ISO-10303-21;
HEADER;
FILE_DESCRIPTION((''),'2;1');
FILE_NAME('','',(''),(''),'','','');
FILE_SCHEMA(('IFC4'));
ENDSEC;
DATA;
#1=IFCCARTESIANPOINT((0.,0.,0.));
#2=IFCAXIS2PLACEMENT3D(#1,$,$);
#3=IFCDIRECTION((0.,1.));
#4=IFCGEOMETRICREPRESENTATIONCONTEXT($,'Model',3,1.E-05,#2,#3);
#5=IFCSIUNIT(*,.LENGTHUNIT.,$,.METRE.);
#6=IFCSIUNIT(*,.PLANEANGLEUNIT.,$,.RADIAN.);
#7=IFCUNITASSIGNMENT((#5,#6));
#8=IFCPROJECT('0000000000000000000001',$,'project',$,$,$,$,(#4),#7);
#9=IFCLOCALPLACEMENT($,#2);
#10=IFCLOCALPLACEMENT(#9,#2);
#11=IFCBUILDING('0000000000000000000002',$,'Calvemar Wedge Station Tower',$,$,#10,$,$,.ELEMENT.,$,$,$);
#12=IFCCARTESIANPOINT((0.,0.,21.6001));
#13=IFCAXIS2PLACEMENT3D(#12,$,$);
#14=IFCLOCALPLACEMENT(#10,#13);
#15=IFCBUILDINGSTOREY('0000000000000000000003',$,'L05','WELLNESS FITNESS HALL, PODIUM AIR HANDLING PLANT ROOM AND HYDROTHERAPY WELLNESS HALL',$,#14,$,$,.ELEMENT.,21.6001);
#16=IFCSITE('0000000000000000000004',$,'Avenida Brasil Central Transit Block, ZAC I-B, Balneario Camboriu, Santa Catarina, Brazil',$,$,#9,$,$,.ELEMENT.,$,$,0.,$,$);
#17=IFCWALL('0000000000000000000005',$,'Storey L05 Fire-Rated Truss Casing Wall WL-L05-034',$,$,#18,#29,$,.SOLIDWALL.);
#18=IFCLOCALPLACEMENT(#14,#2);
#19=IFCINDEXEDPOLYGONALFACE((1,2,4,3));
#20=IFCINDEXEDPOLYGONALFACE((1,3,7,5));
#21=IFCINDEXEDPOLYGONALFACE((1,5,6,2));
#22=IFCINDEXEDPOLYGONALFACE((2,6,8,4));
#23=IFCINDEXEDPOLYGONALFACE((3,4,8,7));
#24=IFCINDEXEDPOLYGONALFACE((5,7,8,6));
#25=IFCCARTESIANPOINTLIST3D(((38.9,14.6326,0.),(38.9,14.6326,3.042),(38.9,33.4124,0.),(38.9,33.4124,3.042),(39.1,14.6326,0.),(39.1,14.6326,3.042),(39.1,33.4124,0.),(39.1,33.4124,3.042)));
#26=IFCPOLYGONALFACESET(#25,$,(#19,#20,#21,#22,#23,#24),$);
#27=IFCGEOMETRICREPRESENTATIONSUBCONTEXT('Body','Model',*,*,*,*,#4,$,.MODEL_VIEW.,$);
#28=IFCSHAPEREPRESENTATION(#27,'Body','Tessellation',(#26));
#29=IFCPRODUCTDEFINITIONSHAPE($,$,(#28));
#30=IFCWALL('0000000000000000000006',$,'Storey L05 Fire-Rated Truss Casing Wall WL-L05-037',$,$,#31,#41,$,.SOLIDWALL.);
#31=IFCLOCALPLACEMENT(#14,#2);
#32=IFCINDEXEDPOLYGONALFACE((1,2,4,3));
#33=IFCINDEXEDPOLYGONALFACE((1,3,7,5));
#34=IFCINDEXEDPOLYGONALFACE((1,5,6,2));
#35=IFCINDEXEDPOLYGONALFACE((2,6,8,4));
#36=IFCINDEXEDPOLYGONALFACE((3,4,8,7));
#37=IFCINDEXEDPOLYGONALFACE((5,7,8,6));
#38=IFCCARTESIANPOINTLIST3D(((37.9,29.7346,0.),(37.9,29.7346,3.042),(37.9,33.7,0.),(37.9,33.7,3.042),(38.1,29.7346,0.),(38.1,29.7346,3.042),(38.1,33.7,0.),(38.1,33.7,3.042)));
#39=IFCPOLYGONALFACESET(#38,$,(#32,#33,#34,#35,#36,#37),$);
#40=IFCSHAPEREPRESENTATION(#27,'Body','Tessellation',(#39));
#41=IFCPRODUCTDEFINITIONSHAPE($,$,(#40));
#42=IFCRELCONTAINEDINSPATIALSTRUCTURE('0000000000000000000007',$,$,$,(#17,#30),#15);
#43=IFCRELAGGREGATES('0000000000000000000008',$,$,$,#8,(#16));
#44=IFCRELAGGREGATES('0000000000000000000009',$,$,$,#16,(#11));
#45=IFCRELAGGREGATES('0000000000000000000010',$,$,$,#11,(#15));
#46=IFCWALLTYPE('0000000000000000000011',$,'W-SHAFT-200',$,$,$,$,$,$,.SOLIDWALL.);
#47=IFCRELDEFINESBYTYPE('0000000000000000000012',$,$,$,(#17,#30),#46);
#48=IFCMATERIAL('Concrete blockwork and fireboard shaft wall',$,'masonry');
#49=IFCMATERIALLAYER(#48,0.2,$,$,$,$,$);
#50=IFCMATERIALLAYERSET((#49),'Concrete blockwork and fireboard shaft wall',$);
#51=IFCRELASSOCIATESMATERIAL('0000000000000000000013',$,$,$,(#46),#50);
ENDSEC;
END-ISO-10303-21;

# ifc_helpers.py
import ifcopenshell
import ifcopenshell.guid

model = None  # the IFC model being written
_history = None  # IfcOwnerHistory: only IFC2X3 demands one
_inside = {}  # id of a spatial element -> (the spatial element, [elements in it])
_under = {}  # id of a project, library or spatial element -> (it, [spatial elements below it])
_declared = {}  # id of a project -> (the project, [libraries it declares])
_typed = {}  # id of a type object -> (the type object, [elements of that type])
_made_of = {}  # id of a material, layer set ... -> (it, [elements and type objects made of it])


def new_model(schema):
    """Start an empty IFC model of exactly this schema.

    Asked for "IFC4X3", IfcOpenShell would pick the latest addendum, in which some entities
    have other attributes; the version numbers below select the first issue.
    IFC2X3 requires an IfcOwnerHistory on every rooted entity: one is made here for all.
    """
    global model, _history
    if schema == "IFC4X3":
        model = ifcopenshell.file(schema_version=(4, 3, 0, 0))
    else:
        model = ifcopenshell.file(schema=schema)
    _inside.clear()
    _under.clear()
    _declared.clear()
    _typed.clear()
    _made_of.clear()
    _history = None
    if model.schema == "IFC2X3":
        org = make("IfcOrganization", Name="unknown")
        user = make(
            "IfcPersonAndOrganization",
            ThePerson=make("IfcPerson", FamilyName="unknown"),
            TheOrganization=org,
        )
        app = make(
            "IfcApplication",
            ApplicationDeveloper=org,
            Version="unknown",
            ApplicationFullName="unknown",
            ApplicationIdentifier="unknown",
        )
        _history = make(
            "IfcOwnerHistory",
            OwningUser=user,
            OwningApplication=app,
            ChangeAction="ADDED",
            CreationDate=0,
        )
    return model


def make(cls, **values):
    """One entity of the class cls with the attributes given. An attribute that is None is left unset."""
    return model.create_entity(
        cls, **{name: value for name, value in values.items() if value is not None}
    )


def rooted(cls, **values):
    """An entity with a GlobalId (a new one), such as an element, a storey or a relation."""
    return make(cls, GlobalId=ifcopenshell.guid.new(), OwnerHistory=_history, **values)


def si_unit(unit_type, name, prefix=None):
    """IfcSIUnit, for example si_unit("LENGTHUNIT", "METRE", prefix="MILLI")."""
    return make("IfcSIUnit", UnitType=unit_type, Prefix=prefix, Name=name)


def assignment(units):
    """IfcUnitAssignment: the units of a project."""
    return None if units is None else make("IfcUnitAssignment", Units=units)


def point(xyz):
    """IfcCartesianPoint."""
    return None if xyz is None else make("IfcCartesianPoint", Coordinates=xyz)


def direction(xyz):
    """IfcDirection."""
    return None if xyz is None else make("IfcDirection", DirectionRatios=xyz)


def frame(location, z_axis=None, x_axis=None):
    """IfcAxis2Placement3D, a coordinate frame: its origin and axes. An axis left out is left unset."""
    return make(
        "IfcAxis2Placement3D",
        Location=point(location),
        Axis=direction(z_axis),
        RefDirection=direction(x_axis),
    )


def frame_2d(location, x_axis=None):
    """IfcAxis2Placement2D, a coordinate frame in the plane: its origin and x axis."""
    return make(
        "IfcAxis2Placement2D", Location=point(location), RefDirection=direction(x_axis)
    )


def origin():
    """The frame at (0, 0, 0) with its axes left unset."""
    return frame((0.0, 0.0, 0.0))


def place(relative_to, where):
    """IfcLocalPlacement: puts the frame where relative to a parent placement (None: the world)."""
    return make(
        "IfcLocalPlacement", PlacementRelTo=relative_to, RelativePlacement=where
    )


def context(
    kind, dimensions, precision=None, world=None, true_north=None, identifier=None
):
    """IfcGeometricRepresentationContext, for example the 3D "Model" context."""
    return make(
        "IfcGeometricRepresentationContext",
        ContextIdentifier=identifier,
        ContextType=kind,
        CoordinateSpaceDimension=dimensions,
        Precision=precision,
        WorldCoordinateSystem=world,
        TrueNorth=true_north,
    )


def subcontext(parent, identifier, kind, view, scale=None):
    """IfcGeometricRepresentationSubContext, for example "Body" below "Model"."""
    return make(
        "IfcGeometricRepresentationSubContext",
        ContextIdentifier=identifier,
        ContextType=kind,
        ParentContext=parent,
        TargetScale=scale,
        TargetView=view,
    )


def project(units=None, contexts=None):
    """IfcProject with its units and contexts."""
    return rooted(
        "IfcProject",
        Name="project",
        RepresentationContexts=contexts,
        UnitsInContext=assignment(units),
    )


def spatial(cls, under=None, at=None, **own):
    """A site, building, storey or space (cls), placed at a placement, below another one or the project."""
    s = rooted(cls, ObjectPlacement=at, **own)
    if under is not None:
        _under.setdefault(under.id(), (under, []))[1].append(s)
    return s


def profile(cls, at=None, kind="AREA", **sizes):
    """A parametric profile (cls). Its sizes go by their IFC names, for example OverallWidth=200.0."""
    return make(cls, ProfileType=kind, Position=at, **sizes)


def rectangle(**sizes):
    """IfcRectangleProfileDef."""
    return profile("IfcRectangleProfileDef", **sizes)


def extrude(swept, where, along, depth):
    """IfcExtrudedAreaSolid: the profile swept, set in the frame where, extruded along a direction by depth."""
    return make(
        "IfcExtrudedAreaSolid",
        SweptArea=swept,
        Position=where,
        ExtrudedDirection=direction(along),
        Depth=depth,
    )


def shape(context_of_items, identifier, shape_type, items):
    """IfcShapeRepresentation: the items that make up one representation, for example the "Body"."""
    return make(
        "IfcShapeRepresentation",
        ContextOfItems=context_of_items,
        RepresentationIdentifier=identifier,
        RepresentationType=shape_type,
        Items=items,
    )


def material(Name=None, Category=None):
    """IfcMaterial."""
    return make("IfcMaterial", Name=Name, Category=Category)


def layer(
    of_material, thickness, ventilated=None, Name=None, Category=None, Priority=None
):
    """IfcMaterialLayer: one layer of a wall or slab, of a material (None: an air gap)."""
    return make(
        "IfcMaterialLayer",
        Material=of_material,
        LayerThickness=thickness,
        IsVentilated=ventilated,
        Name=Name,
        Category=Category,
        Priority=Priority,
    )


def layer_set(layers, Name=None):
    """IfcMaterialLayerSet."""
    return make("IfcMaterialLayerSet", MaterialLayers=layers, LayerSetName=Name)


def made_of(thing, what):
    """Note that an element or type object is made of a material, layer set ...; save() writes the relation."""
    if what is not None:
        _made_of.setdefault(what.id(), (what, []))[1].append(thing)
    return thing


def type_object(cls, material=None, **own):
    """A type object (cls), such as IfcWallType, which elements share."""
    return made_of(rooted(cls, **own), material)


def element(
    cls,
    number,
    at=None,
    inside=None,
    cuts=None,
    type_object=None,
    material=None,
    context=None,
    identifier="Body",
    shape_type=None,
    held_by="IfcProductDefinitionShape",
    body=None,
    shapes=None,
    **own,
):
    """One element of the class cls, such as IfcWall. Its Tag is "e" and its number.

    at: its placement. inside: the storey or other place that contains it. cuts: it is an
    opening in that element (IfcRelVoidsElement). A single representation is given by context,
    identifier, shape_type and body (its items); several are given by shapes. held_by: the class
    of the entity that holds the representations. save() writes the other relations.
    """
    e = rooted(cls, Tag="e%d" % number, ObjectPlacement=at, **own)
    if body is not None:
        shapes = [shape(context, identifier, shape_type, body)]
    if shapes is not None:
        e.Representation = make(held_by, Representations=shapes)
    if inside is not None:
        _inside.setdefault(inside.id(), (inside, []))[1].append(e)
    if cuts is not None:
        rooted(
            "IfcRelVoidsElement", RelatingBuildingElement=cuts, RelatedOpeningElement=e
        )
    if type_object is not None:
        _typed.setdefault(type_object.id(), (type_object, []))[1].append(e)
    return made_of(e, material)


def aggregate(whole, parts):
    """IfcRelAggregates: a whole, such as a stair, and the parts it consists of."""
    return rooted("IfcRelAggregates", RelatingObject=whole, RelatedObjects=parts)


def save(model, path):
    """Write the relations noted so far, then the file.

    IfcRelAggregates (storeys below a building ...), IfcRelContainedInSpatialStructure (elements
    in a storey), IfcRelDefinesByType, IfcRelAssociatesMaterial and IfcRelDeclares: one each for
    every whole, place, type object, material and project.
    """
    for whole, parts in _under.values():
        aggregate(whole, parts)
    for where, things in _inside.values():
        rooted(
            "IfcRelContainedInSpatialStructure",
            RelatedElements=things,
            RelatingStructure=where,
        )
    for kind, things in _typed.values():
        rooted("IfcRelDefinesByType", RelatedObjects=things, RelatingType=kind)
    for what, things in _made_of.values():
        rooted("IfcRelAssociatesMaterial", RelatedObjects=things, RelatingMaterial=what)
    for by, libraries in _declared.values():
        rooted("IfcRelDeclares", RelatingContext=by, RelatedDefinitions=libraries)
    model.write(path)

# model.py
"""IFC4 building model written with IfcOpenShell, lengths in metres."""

from ifc_helpers import new_model, si_unit, direction, frame, frame_2d, origin, place, context, subcontext, project, spatial, rectangle, extrude, material, layer, layer_set, type_object, element, save


model = new_model("IFC4")

# Units and contexts
model_context = context("Model", 3, precision=1e-05, world=origin(), true_north=direction((0.0, 1.0)))
body_context = subcontext(model_context, "Body", "Model", "MODEL_VIEW")
ifc_project = project(units=[si_unit("LENGTHUNIT", "METRE"), si_unit("PLANEANGLEUNIT", "RADIAN")], contexts=[model_context])

# Site, building, storey
site_placement = place(None, origin())
site = spatial("IfcSite", under=ifc_project, at=site_placement, Name="Avenida Brasil Central Transit Block, ZAC I-B, Balneario Camboriu, Santa Catarina, Brazil", CompositionType="ELEMENT", RefElevation=0.0)
building_placement = place(site_placement, origin())
building = spatial("IfcBuilding", under=site, at=building_placement, Name="Calvemar Wedge Station Tower", CompositionType="ELEMENT")
storey_placement = place(building_placement, frame((0.0, 0.0, 21.6001)))
storey = spatial("IfcBuildingStorey", under=building, at=storey_placement, Name="L05", Description="WELLNESS FITNESS HALL, PODIUM AIR HANDLING PLANT ROOM AND HYDROTHERAPY WELLNESS HALL", CompositionType="ELEMENT", Elevation=21.6001)

# Walls
ifc_material_1 = material(Name="Concrete blockwork and fireboard shaft wall", Category="masonry")
ifc_layer_1 = layer(ifc_material_1, 0.2)
ifc_layer_set_1 = layer_set([ifc_layer_1], Name="Concrete blockwork and fireboard shaft wall")
wall_type_1 = type_object("IfcWallType", Name="W-SHAFT-200", PredefinedType="SOLIDWALL", material=ifc_layer_set_1)
wall_1_placement = place(storey_placement, frame((39.0, 33.4124, 0.0), z_axis=(0.0, 0.0, 1.0), x_axis=(0.0, -1.0, 0.0)))
element("IfcWall", 1, at=wall_1_placement, inside=storey, type_object=wall_type_1, Name="Storey L05 Fire-Rated Truss Casing Wall WL-L05-034", PredefinedType="SOLIDWALL", context=body_context, shape_type="SweptSolid", body=[
    extrude(rectangle(XDim=18.7798, YDim=0.2, at=frame_2d((9.3899, 0.0))), origin(), (0.0, 0.0, 1.0), 3.042),
])
wall_2_placement = place(storey_placement, frame((38.0, 29.7346, 0.0), z_axis=(0.0, 0.0, 1.0), x_axis=(0.0, 1.0, 0.0)))
element("IfcWall", 2, at=wall_2_placement, inside=storey, type_object=wall_type_1, Name="Storey L05 Fire-Rated Truss Casing Wall WL-L05-037", PredefinedType="SOLIDWALL", context=body_context, shape_type="SweptSolid", body=[
    extrude(rectangle(XDim=3.9653, YDim=0.2, at=frame_2d((1.9827, 0.0))), origin(), (0.0, 0.0, 1.0), 3.042),
])

save(model, "model.ifc")
